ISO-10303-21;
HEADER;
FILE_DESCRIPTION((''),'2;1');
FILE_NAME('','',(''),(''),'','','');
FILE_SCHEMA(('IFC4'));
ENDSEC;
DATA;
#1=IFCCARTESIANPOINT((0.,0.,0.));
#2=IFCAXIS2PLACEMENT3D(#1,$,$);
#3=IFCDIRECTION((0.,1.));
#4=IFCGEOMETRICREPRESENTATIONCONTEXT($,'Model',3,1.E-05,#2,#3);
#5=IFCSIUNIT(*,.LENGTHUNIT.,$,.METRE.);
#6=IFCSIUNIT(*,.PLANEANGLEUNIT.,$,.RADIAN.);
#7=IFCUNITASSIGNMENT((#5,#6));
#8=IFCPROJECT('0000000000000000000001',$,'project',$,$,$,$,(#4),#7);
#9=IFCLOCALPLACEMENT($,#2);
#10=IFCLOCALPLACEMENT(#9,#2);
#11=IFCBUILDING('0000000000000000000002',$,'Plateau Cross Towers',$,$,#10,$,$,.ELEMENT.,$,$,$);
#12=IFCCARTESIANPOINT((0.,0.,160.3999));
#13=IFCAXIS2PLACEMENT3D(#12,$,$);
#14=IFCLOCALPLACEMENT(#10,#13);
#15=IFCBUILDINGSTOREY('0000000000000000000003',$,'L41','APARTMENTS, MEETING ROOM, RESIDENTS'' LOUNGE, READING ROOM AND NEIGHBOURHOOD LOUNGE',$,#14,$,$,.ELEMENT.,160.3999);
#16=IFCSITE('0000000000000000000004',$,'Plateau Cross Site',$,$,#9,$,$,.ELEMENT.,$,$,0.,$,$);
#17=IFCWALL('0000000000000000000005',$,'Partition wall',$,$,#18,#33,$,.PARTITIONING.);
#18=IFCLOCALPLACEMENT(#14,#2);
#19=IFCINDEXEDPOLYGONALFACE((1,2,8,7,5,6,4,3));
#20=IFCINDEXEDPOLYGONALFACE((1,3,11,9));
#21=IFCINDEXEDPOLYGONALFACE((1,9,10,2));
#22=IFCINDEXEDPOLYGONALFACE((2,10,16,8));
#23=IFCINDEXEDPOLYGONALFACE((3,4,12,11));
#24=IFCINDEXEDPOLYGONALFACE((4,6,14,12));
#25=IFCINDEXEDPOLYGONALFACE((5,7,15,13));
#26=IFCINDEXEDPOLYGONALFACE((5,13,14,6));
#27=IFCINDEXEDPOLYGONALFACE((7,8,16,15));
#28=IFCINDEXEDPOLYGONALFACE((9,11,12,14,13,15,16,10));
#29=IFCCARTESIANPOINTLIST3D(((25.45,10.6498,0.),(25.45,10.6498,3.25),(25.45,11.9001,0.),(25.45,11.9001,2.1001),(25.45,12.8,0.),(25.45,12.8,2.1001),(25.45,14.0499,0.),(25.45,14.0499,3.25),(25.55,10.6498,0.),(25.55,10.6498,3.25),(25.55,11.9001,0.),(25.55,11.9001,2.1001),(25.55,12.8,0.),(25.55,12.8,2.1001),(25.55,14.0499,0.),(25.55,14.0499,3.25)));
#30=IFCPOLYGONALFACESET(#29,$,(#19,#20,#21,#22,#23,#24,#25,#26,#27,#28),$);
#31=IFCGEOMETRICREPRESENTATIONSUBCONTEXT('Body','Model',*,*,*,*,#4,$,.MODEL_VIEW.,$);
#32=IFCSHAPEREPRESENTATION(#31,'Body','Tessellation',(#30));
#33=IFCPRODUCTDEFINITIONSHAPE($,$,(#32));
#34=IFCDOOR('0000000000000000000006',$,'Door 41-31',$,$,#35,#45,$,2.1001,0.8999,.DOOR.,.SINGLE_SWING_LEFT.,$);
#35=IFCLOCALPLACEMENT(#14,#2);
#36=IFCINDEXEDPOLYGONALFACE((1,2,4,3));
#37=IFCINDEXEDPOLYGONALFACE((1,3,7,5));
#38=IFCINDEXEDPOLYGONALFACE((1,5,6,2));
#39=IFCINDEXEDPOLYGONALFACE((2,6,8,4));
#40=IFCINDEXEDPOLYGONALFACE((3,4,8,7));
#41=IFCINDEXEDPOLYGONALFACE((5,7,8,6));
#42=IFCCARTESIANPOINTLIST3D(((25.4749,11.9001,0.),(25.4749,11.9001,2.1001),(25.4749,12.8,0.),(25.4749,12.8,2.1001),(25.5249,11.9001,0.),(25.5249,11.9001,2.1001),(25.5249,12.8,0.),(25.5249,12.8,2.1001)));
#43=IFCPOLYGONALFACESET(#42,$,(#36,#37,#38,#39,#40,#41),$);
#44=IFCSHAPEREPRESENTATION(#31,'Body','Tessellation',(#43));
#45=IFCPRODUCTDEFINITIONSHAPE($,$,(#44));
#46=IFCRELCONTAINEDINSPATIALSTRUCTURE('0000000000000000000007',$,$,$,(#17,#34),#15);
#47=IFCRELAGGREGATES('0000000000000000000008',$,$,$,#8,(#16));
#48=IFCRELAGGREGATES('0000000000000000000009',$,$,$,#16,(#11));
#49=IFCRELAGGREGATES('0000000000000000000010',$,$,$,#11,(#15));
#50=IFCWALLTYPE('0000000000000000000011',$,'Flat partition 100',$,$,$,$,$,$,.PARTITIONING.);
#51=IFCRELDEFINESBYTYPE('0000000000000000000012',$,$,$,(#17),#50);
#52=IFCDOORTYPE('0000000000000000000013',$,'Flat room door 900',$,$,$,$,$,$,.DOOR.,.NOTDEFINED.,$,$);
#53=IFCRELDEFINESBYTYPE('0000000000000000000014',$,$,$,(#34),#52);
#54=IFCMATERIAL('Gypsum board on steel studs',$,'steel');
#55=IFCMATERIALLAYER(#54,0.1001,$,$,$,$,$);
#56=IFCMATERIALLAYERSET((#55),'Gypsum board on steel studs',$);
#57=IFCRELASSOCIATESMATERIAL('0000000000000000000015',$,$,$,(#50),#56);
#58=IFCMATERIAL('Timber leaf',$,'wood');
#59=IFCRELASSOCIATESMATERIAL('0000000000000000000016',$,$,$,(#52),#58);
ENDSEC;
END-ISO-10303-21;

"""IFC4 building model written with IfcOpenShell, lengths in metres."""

from ifc_helpers import new_model, si_unit, direction, frame, frame_2d, origin, place, context, subcontext, project, spatial, rectangle, extrude, material, layer, layer_set, type_object, element, fill, save


model = new_model("IFC4")

# Units and contexts
model_context = context("Model", 3, precision=1e-05, world=origin(), true_north=direction((0.0, 1.0)))
body_context = subcontext(model_context, "Body", "Model", "MODEL_VIEW")
ifc_project = project(units=[si_unit("LENGTHUNIT", "METRE"), si_unit("PLANEANGLEUNIT", "RADIAN")], contexts=[model_context])

# Site, building, storey
site_placement = place(None, origin())
site = spatial("IfcSite", under=ifc_project, at=site_placement, Name="Plateau Cross Site", CompositionType="ELEMENT", RefElevation=0.0)
building_placement = place(site_placement, origin())
building = spatial("IfcBuilding", under=site, at=building_placement, Name="Plateau Cross Towers", CompositionType="ELEMENT")
storey_placement = place(building_placement, frame((0.0, 0.0, 160.3999)))
storey = spatial("IfcBuildingStorey", under=building, at=storey_placement, Name="L41", Description="APARTMENTS, MEETING ROOM, RESIDENTS' LOUNGE, READING ROOM AND NEIGHBOURHOOD LOUNGE", CompositionType="ELEMENT", Elevation=160.3999)

# Shared definitions
ifc_material_1 = material(Name="Gypsum board on steel studs", Category="steel")
ifc_layer_1 = layer(ifc_material_1, 0.1001)
ifc_layer_set_1 = layer_set([ifc_layer_1], Name="Gypsum board on steel studs")
wall_type_1 = type_object("IfcWallType", Name="Flat partition 100", PredefinedType="PARTITIONING", material=ifc_layer_set_1)

# Wall, opening, door
ifc_material_2 = material(Name="Timber leaf", Category="wood")
door_type_1 = type_object("IfcDoorType", Name="Flat room door 900", OperationType="NOTDEFINED", PredefinedType="DOOR", material=ifc_material_2)
wall_1_placement = place(storey_placement, frame((25.5, 14.05, 0.0), z_axis=(0.0, 0.0, 1.0), x_axis=(0.0, -1.0, 0.0)))
wall_1 = element("IfcWall", 1, at=wall_1_placement, inside=storey, type_object=wall_type_1, Name="Partition wall", PredefinedType="PARTITIONING", context=body_context, shape_type="SweptSolid", body=[
    extrude(rectangle(XDim=3.4001, YDim=0.1001, at=frame_2d((1.7002, 0.0))), origin(), (0.0, 0.0, 1.0), 3.25),
])
opening_1_placement = place(wall_1_placement, frame((1.25, 0.0, 0.0)))
opening_1 = element("IfcOpeningElement", 2, at=opening_1_placement, cuts=wall_1, PredefinedType="OPENING", context=body_context, shape_type="SweptSolid", body=[
    extrude(rectangle(XDim=0.8999, YDim=2.1001, at=frame_2d((0.45, 1.05))), frame((0.0, 0.0601, 0.0), z_axis=(0.0, -1.0, 0.0), x_axis=(1.0, 0.0, 0.0)), (0.0, 0.0, 1.0), 0.1201),
])
door_1_placement = place(opening_1_placement, origin())
door_1 = element("IfcDoor", 3, at=door_1_placement, inside=storey, type_object=door_type_1, Name="Door 41-31", OperationType="SINGLE_SWING_LEFT", OverallHeight=2.1001, OverallWidth=0.8999, PredefinedType="DOOR", context=body_context, shape_type="SweptSolid", body=[
    extrude(rectangle(XDim=0.8999, YDim=2.1001, at=frame_2d((0.45, 1.05))), frame((0.0, 0.0249, 0.0), z_axis=(0.0, -1.0, 0.0), x_axis=(1.0, 0.0, 0.0)), (0.0, 0.0, 1.0), 0.05),
])
fill(opening_1, door_1)

save(model, "model.ifc")
